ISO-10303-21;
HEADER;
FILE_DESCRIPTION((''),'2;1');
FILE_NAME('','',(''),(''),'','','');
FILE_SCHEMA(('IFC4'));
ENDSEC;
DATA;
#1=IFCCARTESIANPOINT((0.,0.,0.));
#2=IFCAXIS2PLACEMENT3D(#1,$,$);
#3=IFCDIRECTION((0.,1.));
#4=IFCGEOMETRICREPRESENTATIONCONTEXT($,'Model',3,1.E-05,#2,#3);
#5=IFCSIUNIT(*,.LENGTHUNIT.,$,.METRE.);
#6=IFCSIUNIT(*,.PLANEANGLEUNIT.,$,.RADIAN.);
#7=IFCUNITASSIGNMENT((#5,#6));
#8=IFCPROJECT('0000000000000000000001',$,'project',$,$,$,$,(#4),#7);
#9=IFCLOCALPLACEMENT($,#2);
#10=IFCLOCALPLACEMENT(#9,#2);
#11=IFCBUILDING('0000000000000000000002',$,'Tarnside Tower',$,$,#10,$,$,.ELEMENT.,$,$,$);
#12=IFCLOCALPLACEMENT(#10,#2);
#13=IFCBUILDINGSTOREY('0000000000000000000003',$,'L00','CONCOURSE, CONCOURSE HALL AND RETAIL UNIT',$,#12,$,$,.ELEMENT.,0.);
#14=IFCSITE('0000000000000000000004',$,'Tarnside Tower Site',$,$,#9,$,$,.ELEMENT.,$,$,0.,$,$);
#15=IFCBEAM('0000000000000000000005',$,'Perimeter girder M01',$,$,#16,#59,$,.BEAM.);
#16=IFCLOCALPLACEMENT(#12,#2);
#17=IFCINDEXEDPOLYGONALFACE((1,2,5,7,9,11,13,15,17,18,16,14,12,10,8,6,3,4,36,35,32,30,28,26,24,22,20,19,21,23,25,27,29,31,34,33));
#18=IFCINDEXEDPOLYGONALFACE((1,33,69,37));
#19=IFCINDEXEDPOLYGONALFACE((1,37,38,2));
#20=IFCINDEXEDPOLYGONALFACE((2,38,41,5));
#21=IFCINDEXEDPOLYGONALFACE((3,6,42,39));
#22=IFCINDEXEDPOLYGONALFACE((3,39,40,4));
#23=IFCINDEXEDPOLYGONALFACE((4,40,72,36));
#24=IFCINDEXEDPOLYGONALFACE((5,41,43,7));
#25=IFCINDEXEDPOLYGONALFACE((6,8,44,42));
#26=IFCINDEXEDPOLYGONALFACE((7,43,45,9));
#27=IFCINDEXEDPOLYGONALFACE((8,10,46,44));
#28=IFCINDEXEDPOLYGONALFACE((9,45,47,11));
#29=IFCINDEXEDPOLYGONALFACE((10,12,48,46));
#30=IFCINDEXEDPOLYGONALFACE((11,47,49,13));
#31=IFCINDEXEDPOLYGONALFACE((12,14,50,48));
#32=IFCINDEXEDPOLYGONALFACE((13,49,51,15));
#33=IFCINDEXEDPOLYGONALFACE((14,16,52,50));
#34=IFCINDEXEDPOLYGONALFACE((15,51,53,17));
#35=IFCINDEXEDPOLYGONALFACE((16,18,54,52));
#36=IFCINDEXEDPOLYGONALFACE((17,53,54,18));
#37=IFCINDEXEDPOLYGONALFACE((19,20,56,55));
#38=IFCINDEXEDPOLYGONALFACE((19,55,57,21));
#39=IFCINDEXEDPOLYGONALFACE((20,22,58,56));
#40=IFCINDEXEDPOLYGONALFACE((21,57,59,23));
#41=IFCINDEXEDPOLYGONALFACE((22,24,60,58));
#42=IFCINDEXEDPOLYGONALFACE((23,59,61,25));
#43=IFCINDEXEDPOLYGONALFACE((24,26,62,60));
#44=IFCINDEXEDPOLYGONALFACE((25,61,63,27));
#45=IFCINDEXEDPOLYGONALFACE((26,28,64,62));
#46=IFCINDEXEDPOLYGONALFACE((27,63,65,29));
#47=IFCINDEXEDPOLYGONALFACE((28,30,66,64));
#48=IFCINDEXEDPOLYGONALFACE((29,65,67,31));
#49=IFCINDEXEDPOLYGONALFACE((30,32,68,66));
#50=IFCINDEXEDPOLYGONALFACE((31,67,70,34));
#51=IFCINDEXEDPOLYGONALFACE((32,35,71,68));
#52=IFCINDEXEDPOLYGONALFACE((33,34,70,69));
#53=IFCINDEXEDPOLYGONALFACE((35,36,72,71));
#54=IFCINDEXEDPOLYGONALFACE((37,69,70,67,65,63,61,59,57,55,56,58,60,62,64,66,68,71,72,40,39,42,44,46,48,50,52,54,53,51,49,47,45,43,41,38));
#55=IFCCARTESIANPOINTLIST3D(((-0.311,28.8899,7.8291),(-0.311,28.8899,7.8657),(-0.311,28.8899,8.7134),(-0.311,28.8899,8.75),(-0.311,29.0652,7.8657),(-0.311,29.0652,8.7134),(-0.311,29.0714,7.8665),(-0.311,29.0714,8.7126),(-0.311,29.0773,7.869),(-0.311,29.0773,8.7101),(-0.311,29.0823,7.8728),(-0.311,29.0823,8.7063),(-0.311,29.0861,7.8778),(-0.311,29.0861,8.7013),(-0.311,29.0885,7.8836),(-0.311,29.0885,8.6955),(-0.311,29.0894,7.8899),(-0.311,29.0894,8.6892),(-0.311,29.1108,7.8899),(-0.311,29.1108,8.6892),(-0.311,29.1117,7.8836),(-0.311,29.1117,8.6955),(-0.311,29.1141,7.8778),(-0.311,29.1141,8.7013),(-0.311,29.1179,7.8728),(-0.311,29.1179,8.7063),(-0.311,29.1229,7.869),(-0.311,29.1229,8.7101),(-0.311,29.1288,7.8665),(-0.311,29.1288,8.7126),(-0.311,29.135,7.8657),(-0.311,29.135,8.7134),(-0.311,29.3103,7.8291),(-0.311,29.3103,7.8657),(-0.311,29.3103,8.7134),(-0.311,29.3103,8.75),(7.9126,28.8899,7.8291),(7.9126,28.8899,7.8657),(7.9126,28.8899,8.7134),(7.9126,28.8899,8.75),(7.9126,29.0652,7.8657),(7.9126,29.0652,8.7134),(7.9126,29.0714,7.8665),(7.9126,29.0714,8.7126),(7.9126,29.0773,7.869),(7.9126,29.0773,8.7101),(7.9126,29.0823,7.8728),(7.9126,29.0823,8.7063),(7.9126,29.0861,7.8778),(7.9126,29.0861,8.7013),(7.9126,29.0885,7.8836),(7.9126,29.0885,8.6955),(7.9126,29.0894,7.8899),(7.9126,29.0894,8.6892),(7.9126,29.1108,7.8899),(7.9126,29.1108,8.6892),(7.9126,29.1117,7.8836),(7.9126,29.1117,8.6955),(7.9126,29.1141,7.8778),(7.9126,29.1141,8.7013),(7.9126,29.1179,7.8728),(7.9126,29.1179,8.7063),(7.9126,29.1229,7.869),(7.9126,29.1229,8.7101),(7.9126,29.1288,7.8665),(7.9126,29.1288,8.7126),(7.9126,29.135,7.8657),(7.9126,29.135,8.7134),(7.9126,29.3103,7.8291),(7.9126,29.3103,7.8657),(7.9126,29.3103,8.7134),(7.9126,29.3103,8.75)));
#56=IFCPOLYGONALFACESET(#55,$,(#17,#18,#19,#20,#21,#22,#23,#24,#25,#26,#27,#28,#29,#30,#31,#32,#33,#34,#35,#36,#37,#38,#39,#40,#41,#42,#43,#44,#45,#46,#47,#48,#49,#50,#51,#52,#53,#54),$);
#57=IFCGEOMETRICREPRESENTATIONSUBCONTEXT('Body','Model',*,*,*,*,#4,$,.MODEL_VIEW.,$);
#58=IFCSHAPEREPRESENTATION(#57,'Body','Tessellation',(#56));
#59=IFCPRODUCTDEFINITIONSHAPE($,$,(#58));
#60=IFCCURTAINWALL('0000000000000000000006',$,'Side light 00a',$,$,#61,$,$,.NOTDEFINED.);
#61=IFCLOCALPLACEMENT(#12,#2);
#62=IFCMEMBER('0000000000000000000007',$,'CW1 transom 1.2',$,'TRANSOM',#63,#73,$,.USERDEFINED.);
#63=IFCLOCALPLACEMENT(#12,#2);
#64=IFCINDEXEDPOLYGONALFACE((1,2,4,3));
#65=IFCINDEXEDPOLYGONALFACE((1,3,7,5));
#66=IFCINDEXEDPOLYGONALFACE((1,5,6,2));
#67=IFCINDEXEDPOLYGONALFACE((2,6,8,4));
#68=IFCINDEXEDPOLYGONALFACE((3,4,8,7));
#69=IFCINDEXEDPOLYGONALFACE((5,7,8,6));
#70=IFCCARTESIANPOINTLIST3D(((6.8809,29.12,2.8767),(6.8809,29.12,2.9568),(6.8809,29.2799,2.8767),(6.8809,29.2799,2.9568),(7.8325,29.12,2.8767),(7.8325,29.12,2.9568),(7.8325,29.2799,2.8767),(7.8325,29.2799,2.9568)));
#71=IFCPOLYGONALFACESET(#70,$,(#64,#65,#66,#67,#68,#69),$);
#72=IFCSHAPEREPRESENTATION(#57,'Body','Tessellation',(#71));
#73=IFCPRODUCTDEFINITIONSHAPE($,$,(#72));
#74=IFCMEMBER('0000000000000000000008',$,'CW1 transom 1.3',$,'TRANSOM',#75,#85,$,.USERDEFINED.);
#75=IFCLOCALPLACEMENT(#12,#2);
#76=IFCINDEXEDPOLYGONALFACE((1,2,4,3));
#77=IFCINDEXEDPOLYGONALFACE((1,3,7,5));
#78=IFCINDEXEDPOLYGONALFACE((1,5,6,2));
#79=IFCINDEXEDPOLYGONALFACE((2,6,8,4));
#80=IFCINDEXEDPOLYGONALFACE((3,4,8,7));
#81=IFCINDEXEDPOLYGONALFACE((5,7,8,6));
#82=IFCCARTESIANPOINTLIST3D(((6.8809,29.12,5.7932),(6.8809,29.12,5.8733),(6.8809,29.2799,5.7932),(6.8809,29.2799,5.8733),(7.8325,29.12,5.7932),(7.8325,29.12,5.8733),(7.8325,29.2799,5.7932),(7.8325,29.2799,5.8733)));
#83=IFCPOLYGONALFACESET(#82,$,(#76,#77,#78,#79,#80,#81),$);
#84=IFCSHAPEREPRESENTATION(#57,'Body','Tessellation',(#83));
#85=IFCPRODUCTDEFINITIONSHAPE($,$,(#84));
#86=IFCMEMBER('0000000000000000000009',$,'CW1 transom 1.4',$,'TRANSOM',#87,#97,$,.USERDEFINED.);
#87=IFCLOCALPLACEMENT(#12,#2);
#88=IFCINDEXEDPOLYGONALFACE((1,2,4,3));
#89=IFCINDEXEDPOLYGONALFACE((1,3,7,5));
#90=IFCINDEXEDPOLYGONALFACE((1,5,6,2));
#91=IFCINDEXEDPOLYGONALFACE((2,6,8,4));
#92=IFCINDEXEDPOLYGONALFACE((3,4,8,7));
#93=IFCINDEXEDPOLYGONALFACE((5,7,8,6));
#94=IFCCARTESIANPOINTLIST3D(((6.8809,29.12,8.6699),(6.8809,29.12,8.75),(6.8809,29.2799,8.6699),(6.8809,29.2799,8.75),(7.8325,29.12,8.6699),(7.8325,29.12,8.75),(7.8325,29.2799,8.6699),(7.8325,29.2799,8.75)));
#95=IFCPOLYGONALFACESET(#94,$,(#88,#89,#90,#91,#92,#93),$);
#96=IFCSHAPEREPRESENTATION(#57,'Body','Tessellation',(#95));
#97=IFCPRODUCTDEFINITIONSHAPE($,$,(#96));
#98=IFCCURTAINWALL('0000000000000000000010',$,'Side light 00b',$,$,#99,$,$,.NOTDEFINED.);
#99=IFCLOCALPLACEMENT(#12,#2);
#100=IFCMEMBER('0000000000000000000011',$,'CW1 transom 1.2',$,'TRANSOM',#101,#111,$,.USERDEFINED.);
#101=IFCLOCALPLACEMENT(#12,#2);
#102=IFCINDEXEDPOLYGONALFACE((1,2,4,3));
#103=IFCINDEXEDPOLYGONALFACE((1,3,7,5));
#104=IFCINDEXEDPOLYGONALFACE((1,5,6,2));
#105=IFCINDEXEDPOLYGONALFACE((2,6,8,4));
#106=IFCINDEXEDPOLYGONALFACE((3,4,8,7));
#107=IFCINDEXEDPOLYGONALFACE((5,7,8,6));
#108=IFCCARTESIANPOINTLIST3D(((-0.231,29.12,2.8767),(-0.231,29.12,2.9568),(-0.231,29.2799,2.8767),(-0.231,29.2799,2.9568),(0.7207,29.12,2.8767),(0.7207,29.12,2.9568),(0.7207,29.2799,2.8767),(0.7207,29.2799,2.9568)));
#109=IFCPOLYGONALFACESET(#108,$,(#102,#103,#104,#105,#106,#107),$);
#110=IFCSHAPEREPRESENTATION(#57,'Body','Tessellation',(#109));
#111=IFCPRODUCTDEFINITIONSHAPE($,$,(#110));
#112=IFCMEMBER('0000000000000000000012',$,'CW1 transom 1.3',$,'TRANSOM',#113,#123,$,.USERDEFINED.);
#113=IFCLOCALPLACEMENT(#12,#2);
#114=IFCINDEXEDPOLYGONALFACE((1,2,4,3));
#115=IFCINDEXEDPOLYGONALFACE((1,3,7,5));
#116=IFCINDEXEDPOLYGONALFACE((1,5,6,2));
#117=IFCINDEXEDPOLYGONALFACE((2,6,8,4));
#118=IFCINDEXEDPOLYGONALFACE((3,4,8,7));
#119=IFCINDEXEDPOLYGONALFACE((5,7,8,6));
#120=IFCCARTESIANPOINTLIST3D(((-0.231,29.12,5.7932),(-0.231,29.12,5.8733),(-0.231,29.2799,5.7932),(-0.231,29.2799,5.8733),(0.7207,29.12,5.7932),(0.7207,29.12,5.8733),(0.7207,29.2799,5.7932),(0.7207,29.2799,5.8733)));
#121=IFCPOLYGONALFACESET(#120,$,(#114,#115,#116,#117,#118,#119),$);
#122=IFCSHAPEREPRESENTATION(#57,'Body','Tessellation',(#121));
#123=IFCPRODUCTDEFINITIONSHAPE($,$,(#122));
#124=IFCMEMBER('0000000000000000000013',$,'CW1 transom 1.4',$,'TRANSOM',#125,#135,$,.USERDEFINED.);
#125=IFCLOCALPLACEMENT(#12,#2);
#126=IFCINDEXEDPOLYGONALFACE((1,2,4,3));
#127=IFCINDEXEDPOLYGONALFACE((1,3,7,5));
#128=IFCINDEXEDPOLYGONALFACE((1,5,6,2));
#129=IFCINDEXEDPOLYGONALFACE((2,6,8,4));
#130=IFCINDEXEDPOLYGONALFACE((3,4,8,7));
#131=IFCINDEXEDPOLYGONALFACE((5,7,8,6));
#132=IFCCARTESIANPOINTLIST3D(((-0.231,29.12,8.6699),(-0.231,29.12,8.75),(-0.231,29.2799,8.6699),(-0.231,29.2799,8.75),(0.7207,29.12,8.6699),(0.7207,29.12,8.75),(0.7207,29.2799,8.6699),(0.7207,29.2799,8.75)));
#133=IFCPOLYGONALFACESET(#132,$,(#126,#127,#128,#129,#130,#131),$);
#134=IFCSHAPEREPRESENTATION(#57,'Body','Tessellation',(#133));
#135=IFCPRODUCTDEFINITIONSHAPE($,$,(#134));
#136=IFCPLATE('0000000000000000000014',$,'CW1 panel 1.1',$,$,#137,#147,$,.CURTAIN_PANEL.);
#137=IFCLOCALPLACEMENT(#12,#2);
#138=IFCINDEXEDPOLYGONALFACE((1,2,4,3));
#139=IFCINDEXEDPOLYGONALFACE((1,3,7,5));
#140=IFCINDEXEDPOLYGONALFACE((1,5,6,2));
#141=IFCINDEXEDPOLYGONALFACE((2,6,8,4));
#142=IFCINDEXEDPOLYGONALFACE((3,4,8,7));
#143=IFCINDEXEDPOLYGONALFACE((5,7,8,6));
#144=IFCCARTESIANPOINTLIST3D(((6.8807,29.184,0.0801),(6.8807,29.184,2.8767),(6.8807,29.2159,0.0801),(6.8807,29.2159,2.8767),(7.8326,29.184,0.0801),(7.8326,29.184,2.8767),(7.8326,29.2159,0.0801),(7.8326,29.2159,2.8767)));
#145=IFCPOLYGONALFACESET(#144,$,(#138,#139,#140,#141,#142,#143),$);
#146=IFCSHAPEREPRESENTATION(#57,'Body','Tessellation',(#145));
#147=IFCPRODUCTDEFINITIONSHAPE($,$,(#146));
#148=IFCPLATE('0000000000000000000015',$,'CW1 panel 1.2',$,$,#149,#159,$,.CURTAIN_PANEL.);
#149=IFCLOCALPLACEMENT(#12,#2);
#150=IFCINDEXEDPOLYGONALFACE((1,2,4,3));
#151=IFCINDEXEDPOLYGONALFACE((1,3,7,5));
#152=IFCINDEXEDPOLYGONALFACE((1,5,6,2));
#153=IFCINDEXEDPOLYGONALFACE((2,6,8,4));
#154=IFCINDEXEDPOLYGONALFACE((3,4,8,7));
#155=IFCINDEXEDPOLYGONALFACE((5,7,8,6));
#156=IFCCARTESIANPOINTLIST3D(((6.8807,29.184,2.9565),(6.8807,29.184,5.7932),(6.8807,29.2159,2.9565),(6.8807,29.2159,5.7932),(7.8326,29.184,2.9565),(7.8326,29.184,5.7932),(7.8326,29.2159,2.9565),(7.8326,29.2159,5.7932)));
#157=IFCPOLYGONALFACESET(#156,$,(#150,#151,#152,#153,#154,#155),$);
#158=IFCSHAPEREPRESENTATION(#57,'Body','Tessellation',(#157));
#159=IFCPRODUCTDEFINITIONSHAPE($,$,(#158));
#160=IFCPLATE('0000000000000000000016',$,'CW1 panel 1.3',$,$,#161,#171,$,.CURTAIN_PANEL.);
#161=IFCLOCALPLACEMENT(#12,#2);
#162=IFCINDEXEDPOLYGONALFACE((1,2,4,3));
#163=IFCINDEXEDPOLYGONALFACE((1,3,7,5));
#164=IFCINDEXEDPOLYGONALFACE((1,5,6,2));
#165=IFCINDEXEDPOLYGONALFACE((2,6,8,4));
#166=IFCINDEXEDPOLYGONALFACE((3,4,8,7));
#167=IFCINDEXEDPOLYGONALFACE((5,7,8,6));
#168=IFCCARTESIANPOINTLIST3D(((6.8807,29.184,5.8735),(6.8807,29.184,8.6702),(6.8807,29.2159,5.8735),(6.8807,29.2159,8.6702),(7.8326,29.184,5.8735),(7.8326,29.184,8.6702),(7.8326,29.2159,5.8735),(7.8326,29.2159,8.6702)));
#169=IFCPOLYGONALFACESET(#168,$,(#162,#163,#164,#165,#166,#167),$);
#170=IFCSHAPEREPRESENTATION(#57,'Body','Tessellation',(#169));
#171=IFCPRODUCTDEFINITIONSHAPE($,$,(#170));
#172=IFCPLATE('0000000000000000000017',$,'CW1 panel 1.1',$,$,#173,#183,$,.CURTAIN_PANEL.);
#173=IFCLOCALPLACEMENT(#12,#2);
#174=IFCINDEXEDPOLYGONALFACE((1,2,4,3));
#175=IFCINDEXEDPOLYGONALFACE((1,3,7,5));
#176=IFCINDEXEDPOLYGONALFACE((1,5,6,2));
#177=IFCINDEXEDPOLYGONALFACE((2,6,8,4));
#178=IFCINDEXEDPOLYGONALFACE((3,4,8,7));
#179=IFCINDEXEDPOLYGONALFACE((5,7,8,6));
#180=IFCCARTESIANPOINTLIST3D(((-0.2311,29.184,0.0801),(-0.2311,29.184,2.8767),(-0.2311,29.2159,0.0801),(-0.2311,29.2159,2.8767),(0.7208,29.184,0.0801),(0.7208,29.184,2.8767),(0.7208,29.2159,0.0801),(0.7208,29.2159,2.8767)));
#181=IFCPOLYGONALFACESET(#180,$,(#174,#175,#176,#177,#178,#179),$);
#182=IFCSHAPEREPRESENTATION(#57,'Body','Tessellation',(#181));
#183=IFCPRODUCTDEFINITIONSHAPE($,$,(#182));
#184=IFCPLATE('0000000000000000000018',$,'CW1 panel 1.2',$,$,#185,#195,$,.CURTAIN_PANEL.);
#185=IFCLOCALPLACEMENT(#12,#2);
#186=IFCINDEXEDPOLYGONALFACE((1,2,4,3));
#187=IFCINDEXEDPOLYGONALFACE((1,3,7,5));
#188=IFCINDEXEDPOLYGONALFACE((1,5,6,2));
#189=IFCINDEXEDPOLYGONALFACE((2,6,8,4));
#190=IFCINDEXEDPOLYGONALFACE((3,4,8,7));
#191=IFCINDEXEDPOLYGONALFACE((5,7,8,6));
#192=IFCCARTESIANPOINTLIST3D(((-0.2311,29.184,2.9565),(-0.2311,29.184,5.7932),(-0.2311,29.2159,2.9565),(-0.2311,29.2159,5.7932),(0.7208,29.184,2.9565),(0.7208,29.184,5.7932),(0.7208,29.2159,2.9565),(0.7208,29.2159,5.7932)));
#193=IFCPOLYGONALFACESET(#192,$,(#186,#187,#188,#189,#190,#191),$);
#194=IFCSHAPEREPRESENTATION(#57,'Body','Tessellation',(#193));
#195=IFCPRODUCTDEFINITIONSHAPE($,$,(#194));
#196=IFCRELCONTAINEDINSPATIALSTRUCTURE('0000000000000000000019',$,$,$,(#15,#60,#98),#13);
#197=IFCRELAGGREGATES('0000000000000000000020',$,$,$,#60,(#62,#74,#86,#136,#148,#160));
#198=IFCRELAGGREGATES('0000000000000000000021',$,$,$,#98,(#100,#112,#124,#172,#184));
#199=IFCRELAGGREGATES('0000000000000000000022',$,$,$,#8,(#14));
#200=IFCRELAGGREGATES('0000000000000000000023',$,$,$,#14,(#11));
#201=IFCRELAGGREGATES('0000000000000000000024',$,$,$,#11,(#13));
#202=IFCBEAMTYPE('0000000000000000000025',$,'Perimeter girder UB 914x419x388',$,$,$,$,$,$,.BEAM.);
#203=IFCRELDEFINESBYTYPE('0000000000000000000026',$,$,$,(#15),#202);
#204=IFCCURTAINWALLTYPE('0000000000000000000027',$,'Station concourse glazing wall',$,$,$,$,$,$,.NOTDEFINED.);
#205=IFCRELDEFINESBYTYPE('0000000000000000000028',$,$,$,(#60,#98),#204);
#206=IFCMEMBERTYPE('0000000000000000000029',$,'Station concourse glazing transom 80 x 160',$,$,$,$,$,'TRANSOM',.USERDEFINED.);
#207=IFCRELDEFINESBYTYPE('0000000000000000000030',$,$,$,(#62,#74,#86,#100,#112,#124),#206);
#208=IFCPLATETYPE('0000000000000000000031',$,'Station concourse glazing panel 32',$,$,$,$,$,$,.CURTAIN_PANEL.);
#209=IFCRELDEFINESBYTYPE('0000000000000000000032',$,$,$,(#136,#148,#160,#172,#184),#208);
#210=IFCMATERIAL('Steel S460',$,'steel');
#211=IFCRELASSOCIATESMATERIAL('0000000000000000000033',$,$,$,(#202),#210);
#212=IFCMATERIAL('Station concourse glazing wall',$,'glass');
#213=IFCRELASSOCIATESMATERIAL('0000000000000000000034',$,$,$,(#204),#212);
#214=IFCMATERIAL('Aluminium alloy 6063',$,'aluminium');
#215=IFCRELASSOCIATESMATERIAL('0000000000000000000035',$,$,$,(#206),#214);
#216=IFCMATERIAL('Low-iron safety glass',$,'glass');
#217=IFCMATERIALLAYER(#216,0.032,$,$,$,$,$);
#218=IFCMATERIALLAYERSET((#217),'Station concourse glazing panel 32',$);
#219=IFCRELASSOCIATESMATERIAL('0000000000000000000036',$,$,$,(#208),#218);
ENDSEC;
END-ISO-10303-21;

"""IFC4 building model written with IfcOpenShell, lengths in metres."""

from ifc_helpers import new_model, si_unit, direction, frame, origin, origin_2d, place, context, subcontext, project, spatial, rectangle, i_section, extrude, material, layer, layer_set, material_profile, profile_set, type_object, element, aggregate, save


model = new_model("IFC4")

# Units and contexts
model_context = context("Model", 3, precision=1e-05, world=origin(), true_north=direction((0.0, 1.0)))
body_context = subcontext(model_context, "Body", "Model", "MODEL_VIEW")
ifc_project = project(units=[si_unit("LENGTHUNIT", "METRE"), si_unit("PLANEANGLEUNIT", "RADIAN")], contexts=[model_context])

# Site, building, storey
site_placement = place(None, origin())
site = spatial("IfcSite", under=ifc_project, at=site_placement, Name="Tarnside Tower Site", CompositionType="ELEMENT", RefElevation=0.0)
building_placement = place(site_placement, origin())
building = spatial("IfcBuilding", under=site, at=building_placement, Name="Tarnside Tower", CompositionType="ELEMENT")
storey_placement = place(building_placement, origin())
storey = spatial("IfcBuildingStorey", under=building, at=storey_placement, Name="L00", Description="CONCOURSE, CONCOURSE HALL AND RETAIL UNIT", CompositionType="ELEMENT", Elevation=0.0)

# Beam
ifc_material_1 = material(Name="Steel S460", Category="steel")
ifc_material_profile_1 = material_profile(ifc_material_1, i_section(OverallWidth=0.4204, OverallDepth=0.9209, WebThickness=0.0215, FlangeThickness=0.0366, FilletRadius=0.0242, at=origin_2d()), Name="UB 914x419x388")
ifc_profile_set_1 = profile_set([ifc_material_profile_1], Name="Steel S460")
beam_type_1 = type_object("IfcBeamType", Name="Perimeter girder UB 914x419x388", PredefinedType="BEAM", material=ifc_profile_set_1)
beam_1_placement = place(storey_placement, frame((7.9126, 29.1001, 8.2896), z_axis=(-1.0, 0.0, 0.0), x_axis=(0.0, -1.0, 0.0)))
element("IfcBeam", 1, at=beam_1_placement, inside=storey, type_object=beam_type_1, Name="Perimeter girder M01", PredefinedType="BEAM", context=body_context, shape_type="SweptSolid", body=[
    extrude(i_section(OverallWidth=0.4204, OverallDepth=0.9209, WebThickness=0.0215, FlangeThickness=0.0366, FilletRadius=0.0242, at=origin_2d()), origin(), (0.0, 0.0, 1.0), 8.2236),
])

# Curtain walls, members
ifc_material_2 = material(Name="Station concourse glazing wall", Category="glass")
curtain_wall_type = type_object("IfcCurtainWallType", Name="Station concourse glazing wall", PredefinedType="NOTDEFINED", material=ifc_material_2)
curtain_wall_1_placement = place(storey_placement, origin())
curtain_wall_1 = element("IfcCurtainWall", 2, at=curtain_wall_1_placement, inside=storey, type_object=curtain_wall_type, Name="Side light 00a", PredefinedType="NOTDEFINED")
ifc_material_3 = material(Name="Aluminium alloy 6063", Category="aluminium")
ifc_material_profile_2 = material_profile(ifc_material_3, rectangle(XDim=0.1599, YDim=0.0801, at=origin_2d()), Name="Station concourse glazing transom 80 x 160")
ifc_profile_set_2 = profile_set([ifc_material_profile_2], Name="Aluminium alloy 6063")
member_type = type_object("IfcMemberType", Name="Station concourse glazing transom 80 x 160", ElementType="TRANSOM", PredefinedType="USERDEFINED", material=ifc_profile_set_2)
member_1_placement = place(storey_placement, frame((7.8325, 29.2, 2.9167), z_axis=(-1.0, 0.0, 0.0), x_axis=(0.0, -1.0, 0.0)))
member_1 = element("IfcMember", 3, at=member_1_placement, type_object=member_type, Name="CW1 transom 1.2", ObjectType="TRANSOM", PredefinedType="USERDEFINED", context=body_context, shape_type="SweptSolid", body=[
    extrude(rectangle(XDim=0.1599, YDim=0.0801, at=origin_2d()), origin(), (0.0, 0.0, 1.0), 0.9517),
])
member_2_placement = place(storey_placement, frame((7.8325, 29.2, 5.8333), z_axis=(-1.0, 0.0, 0.0), x_axis=(0.0, -1.0, 0.0)))
member_2 = element("IfcMember", 4, at=member_2_placement, type_object=member_type, Name="CW1 transom 1.3", ObjectType="TRANSOM", PredefinedType="USERDEFINED", context=body_context, shape_type="SweptSolid", body=[
    extrude(rectangle(XDim=0.1599, YDim=0.0801, at=origin_2d()), origin(), (0.0, 0.0, 1.0), 0.9517),
])
member_3_placement = place(storey_placement, frame((7.8325, 29.2, 8.71), z_axis=(-1.0, 0.0, 0.0), x_axis=(0.0, -1.0, 0.0)))
member_3 = element("IfcMember", 5, at=member_3_placement, type_object=member_type, Name="CW1 transom 1.4", ObjectType="TRANSOM", PredefinedType="USERDEFINED", context=body_context, shape_type="SweptSolid", body=[
    extrude(rectangle(XDim=0.1599, YDim=0.0801, at=origin_2d()), origin(), (0.0, 0.0, 1.0), 0.9517),
])
curtain_wall_2_placement = place(storey_placement, origin())
curtain_wall_2 = element("IfcCurtainWall", 6, at=curtain_wall_2_placement, inside=storey, type_object=curtain_wall_type, Name="Side light 00b", PredefinedType="NOTDEFINED")
member_4_placement = place(storey_placement, frame((0.7207, 29.2, 2.9167), z_axis=(-1.0, 0.0, 0.0), x_axis=(0.0, -1.0, 0.0)))
member_4 = element("IfcMember", 7, at=member_4_placement, type_object=member_type, Name="CW1 transom 1.2", ObjectType="TRANSOM", PredefinedType="USERDEFINED", context=body_context, shape_type="SweptSolid", body=[
    extrude(rectangle(XDim=0.1599, YDim=0.0801, at=origin_2d()), origin(), (0.0, 0.0, 1.0), 0.9517),
])
member_5_placement = place(storey_placement, frame((0.7207, 29.2, 5.8333), z_axis=(-1.0, 0.0, 0.0), x_axis=(0.0, -1.0, 0.0)))
member_5 = element("IfcMember", 8, at=member_5_placement, type_object=member_type, Name="CW1 transom 1.3", ObjectType="TRANSOM", PredefinedType="USERDEFINED", context=body_context, shape_type="SweptSolid", body=[
    extrude(rectangle(XDim=0.1599, YDim=0.0801, at=origin_2d()), origin(), (0.0, 0.0, 1.0), 0.9517),
])
member_6_placement = place(storey_placement, frame((0.7207, 29.2, 8.71), z_axis=(-1.0, 0.0, 0.0), x_axis=(0.0, -1.0, 0.0)))
member_6 = element("IfcMember", 9, at=member_6_placement, type_object=member_type, Name="CW1 transom 1.4", ObjectType="TRANSOM", PredefinedType="USERDEFINED", context=body_context, shape_type="SweptSolid", body=[
    extrude(rectangle(XDim=0.1599, YDim=0.0801, at=origin_2d()), origin(), (0.0, 0.0, 1.0), 0.9517),
])

# Plates
ifc_material_4 = material(Name="Low-iron safety glass", Category="glass")
ifc_layer = layer(ifc_material_4, 0.032)
ifc_layer_set = layer_set([ifc_layer], Name="Station concourse glazing panel 32")
plate_type = type_object("IfcPlateType", Name="Station concourse glazing panel 32", PredefinedType="CURTAIN_PANEL", material=ifc_layer_set)
plate_1_placement = place(storey_placement, frame((7.3567, 29.2, 0.0801), z_axis=(0.0, 0.0, 1.0), x_axis=(-1.0, 0.0, 0.0)))
plate_1 = element("IfcPlate", 10, at=plate_1_placement, type_object=plate_type, Name="CW1 panel 1.1", PredefinedType="CURTAIN_PANEL", context=body_context, shape_type="SweptSolid", body=[
    extrude(rectangle(XDim=0.9519, YDim=0.032, at=origin_2d()), origin(), (0.0, 0.0, 1.0), 2.7966),
])
plate_2_placement = place(storey_placement, frame((7.3567, 29.2, 2.9565), z_axis=(0.0, 0.0, 1.0), x_axis=(-1.0, 0.0, 0.0)))
plate_2 = element("IfcPlate", 11, at=plate_2_placement, type_object=plate_type, Name="CW1 panel 1.2", PredefinedType="CURTAIN_PANEL", context=body_context, shape_type="SweptSolid", body=[
    extrude(rectangle(XDim=0.9519, YDim=0.032, at=origin_2d()), origin(), (0.0, 0.0, 1.0), 2.8367),
])
plate_3_placement = place(storey_placement, frame((7.3567, 29.2, 5.8735), z_axis=(0.0, 0.0, 1.0), x_axis=(-1.0, 0.0, 0.0)))
plate_3 = element("IfcPlate", 12, at=plate_3_placement, type_object=plate_type, Name="CW1 panel 1.3", PredefinedType="CURTAIN_PANEL", context=body_context, shape_type="SweptSolid", body=[
    extrude(rectangle(XDim=0.9519, YDim=0.032, at=origin_2d()), origin(), (0.0, 0.0, 1.0), 2.7966),
])
aggregate(curtain_wall_1, [member_1, member_2, member_3, plate_1, plate_2, plate_3])
plate_4_placement = place(storey_placement, frame((0.2449, 29.2, 0.0801), z_axis=(0.0, 0.0, 1.0), x_axis=(-1.0, 0.0, 0.0)))
plate_4 = element("IfcPlate", 13, at=plate_4_placement, type_object=plate_type, Name="CW1 panel 1.1", PredefinedType="CURTAIN_PANEL", context=body_context, shape_type="SweptSolid", body=[
    extrude(rectangle(XDim=0.9519, YDim=0.032, at=origin_2d()), origin(), (0.0, 0.0, 1.0), 2.7966),
])
plate_5_placement = place(storey_placement, frame((0.2449, 29.2, 2.9565), z_axis=(0.0, 0.0, 1.0), x_axis=(-1.0, 0.0, 0.0)))
plate_5 = element("IfcPlate", 14, at=plate_5_placement, type_object=plate_type, Name="CW1 panel 1.2", PredefinedType="CURTAIN_PANEL", context=body_context, shape_type="SweptSolid", body=[
    extrude(rectangle(XDim=0.9519, YDim=0.032, at=origin_2d()), origin(), (0.0, 0.0, 1.0), 2.8367),
])
aggregate(curtain_wall_2, [member_4, member_5, member_6, plate_4, plate_5])

save(model, "model.ifc")
